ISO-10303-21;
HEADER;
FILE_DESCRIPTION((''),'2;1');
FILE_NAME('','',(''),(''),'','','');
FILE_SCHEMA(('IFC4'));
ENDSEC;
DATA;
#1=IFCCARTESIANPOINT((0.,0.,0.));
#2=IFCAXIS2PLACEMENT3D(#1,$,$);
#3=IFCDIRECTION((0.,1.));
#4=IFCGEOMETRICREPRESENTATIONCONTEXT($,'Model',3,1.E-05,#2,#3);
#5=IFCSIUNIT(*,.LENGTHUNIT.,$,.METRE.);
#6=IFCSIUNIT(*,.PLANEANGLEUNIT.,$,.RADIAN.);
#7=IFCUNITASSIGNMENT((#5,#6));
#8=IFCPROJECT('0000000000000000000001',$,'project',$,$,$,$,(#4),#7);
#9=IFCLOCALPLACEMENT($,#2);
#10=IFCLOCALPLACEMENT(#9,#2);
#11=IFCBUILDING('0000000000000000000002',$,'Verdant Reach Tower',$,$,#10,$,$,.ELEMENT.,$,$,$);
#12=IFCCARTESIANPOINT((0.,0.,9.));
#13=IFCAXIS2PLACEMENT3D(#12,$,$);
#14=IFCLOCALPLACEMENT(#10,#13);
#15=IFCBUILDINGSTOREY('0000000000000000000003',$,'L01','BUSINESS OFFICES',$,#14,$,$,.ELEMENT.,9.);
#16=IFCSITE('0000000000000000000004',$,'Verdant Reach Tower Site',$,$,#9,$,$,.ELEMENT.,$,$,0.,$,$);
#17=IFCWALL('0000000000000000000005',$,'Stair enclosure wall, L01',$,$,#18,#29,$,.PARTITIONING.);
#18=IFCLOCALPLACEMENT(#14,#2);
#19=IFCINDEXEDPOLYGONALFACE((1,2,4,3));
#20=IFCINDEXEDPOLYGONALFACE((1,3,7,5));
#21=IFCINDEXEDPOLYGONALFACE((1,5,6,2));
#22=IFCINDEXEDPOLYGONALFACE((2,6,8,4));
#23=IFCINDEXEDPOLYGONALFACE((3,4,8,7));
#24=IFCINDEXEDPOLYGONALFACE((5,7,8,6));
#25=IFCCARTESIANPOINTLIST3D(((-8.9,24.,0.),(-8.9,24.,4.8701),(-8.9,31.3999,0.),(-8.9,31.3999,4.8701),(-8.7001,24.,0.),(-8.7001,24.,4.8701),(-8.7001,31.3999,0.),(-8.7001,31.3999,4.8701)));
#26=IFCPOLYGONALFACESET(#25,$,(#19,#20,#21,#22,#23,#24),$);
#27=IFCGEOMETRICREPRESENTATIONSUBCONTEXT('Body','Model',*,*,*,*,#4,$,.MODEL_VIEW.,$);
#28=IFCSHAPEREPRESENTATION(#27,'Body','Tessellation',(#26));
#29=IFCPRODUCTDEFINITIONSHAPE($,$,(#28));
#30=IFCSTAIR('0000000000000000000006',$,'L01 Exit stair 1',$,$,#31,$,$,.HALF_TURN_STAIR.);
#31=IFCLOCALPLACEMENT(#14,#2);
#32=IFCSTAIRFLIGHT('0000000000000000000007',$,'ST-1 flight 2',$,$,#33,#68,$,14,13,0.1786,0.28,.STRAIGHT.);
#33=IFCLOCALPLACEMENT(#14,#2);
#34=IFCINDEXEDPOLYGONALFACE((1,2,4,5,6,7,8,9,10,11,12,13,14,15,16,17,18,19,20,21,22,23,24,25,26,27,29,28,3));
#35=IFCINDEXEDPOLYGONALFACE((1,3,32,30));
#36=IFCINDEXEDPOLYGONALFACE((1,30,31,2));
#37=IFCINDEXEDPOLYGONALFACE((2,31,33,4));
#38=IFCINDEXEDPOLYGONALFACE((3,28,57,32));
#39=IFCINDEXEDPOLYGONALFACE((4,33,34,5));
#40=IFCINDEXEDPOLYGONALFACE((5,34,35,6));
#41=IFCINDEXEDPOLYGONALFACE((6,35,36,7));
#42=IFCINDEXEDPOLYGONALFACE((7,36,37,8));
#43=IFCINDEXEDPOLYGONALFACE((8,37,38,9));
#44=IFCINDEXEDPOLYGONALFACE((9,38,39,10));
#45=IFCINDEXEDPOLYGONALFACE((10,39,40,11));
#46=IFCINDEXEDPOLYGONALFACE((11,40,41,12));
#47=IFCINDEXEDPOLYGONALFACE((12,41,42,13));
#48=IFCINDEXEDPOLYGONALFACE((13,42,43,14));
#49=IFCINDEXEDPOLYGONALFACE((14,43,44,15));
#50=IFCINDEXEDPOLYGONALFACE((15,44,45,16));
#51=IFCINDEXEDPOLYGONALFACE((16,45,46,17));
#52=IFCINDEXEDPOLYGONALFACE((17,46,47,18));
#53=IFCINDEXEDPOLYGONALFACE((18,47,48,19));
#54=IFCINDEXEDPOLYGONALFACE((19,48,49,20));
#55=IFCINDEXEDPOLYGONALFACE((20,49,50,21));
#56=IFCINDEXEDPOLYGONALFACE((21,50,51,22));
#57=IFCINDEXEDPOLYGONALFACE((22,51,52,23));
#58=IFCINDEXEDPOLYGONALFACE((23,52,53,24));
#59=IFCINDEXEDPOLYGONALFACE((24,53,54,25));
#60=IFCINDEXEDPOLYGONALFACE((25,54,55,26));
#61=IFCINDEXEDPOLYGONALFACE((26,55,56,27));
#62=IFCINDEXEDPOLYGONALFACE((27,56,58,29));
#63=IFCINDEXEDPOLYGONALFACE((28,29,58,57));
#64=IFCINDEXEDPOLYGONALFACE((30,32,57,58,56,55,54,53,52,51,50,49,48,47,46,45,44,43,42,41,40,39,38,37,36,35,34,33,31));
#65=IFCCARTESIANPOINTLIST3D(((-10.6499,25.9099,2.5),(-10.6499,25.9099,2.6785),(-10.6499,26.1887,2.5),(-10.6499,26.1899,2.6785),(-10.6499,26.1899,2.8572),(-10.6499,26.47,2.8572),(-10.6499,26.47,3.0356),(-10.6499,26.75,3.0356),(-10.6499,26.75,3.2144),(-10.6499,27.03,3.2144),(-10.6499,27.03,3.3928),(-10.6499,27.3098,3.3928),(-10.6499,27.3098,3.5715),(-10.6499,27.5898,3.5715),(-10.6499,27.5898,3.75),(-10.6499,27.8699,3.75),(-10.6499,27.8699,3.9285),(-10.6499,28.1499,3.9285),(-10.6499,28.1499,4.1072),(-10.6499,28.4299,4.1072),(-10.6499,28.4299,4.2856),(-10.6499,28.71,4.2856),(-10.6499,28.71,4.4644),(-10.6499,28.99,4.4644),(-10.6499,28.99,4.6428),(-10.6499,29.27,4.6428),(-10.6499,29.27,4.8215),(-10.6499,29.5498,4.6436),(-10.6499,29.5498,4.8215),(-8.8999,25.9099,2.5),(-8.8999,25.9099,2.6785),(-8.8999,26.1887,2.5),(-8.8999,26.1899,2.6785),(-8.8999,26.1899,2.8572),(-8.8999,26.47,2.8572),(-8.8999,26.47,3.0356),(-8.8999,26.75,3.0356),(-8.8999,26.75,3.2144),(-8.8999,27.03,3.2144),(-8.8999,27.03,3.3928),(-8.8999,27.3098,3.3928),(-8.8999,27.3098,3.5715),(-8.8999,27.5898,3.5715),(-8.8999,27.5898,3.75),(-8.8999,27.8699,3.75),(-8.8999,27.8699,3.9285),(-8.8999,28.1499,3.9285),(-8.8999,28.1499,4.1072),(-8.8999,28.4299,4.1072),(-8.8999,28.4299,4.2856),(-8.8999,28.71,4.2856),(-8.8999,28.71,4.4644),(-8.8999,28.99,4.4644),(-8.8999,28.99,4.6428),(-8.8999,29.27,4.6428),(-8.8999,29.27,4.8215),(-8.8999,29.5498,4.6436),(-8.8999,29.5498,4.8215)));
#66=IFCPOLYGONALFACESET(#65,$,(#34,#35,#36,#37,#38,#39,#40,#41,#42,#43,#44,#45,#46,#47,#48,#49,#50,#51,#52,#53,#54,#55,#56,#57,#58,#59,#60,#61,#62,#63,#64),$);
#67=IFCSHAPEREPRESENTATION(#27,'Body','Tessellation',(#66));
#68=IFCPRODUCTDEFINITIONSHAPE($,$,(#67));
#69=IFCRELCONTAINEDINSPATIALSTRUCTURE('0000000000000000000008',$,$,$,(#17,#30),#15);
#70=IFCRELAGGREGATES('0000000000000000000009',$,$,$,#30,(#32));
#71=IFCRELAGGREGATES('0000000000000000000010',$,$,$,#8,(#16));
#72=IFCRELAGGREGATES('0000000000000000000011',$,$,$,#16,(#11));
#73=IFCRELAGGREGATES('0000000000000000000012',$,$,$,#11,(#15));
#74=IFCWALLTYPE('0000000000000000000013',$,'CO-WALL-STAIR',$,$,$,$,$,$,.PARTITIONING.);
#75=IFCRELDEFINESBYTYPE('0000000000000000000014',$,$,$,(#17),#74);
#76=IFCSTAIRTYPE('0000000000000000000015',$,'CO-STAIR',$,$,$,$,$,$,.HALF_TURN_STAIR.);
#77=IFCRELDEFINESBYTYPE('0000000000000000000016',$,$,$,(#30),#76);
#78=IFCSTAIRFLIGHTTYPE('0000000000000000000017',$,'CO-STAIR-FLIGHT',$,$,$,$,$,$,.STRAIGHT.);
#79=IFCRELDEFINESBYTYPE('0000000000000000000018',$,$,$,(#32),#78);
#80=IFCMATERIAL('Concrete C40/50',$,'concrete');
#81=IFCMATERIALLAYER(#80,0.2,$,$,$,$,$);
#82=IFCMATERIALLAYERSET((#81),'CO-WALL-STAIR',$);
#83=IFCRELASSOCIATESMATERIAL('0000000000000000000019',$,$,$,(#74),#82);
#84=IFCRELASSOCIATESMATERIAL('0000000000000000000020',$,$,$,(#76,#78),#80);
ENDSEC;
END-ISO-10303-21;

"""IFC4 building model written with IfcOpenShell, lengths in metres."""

from ifc_helpers import new_model, si_unit, direction, frame, frame_2d, origin, place, context, subcontext, project, spatial, polyline, rectangle, outline, extrude, material, layer, layer_set, type_object, element, aggregate, save


model = new_model("IFC4")

# Units and contexts
model_context = context("Model", 3, precision=1e-05, world=origin(), true_north=direction((0.0, 1.0)))
body_context = subcontext(model_context, "Body", "Model", "MODEL_VIEW")
ifc_project = project(units=[si_unit("LENGTHUNIT", "METRE"), si_unit("PLANEANGLEUNIT", "RADIAN")], contexts=[model_context])

# Site, building, storey
site_placement = place(None, origin())
site = spatial("IfcSite", under=ifc_project, at=site_placement, Name="Verdant Reach Tower Site", CompositionType="ELEMENT", RefElevation=0.0)
building_placement = place(site_placement, origin())
building = spatial("IfcBuilding", under=site, at=building_placement, Name="Verdant Reach Tower", CompositionType="ELEMENT")
storey_placement = place(building_placement, frame((0.0, 0.0, 9.0)))
storey = spatial("IfcBuildingStorey", under=building, at=storey_placement, Name="L01", Description="BUSINESS OFFICES", CompositionType="ELEMENT", Elevation=9.0)

# Shared definitions
ifc_material_1 = material(Name="Concrete C40/50", Category="concrete")

# Shared definitions
ifc_layer_1 = layer(ifc_material_1, 0.2)
ifc_layer_set_1 = layer_set([ifc_layer_1], Name="CO-WALL-STAIR")
wall_type_1 = type_object("IfcWallType", Name="CO-WALL-STAIR", PredefinedType="PARTITIONING", material=ifc_layer_set_1)

# Wall
wall_1_placement = place(storey_placement, frame((-8.8, 24.0, 0.0), z_axis=(0.0, 0.0, 1.0), x_axis=(0.0, 1.0, 0.0)))
element("IfcWall", 1, at=wall_1_placement, inside=storey, type_object=wall_type_1, Name="Stair enclosure wall, L01", PredefinedType="PARTITIONING", context=body_context, shape_type="SweptSolid", body=[
    extrude(rectangle(XDim=7.3999, YDim=0.2, at=frame_2d((3.7, 0.0))), origin(), (0.0, 0.0, 1.0), 4.8701),
])

# Stair, stair flight
stair_type = type_object("IfcStairType", Name="CO-STAIR", PredefinedType="HALF_TURN_STAIR", material=ifc_material_1)
stair_placement = place(storey_placement, origin())
stair = element("IfcStair", 2, at=stair_placement, inside=storey, type_object=stair_type, Name="L01 Exit stair 1", PredefinedType="HALF_TURN_STAIR")
stair_flight_type = type_object("IfcStairFlightType", Name="CO-STAIR-FLIGHT", PredefinedType="STRAIGHT", material=ifc_material_1)
stair_flight_placement = place(storey_placement, frame((-9.7749, 25.9099, 2.5), z_axis=(0.0, 0.0, 1.0), x_axis=(0.0, 1.0, 0.0)))
stair_flight = element("IfcStairFlight", 3, at=stair_flight_placement, type_object=stair_flight_type, Name="ST-1 flight 2", NumberOfRisers=14, NumberOfTreads=13, PredefinedType="STRAIGHT", RiserHeight=0.1786, TreadLength=0.28, context=body_context, shape_type="SweptSolid", body=[
    extrude(outline(polyline([(0.0, 0.0), (0.0, 0.1785), (0.28, 0.1785), (0.28, 0.3572), (0.5601, 0.3572), (0.5601, 0.5356), (0.8401, 0.5356), (0.8401, 0.7144), (1.1201, 0.7144), (1.1201, 0.8928), (1.3999, 0.8928), (1.3999, 1.0715), (1.6799, 1.0715), (1.6799, 1.25), (1.96, 1.25), (1.96, 1.4285), (2.24, 1.4285), (2.24, 1.6072), (2.52, 1.6072), (2.52, 1.7856), (2.8, 1.7856), (2.8, 1.9644), (3.0801, 1.9644), (3.0801, 2.1428), (3.3601, 2.1428), (3.3601, 2.3215), (3.6399, 2.3215), (3.6399, 2.5), (3.6399, 2.1436), (0.2788, 0.0), (0.0, 0.0)])), frame((0.0, 0.875, 0.0), z_axis=(0.0, -1.0, 0.0), x_axis=(1.0, 0.0, 0.0)), (0.0, 0.0, 1.0), 1.75),
])
aggregate(stair, [stair_flight])

save(model, "model.ifc")
